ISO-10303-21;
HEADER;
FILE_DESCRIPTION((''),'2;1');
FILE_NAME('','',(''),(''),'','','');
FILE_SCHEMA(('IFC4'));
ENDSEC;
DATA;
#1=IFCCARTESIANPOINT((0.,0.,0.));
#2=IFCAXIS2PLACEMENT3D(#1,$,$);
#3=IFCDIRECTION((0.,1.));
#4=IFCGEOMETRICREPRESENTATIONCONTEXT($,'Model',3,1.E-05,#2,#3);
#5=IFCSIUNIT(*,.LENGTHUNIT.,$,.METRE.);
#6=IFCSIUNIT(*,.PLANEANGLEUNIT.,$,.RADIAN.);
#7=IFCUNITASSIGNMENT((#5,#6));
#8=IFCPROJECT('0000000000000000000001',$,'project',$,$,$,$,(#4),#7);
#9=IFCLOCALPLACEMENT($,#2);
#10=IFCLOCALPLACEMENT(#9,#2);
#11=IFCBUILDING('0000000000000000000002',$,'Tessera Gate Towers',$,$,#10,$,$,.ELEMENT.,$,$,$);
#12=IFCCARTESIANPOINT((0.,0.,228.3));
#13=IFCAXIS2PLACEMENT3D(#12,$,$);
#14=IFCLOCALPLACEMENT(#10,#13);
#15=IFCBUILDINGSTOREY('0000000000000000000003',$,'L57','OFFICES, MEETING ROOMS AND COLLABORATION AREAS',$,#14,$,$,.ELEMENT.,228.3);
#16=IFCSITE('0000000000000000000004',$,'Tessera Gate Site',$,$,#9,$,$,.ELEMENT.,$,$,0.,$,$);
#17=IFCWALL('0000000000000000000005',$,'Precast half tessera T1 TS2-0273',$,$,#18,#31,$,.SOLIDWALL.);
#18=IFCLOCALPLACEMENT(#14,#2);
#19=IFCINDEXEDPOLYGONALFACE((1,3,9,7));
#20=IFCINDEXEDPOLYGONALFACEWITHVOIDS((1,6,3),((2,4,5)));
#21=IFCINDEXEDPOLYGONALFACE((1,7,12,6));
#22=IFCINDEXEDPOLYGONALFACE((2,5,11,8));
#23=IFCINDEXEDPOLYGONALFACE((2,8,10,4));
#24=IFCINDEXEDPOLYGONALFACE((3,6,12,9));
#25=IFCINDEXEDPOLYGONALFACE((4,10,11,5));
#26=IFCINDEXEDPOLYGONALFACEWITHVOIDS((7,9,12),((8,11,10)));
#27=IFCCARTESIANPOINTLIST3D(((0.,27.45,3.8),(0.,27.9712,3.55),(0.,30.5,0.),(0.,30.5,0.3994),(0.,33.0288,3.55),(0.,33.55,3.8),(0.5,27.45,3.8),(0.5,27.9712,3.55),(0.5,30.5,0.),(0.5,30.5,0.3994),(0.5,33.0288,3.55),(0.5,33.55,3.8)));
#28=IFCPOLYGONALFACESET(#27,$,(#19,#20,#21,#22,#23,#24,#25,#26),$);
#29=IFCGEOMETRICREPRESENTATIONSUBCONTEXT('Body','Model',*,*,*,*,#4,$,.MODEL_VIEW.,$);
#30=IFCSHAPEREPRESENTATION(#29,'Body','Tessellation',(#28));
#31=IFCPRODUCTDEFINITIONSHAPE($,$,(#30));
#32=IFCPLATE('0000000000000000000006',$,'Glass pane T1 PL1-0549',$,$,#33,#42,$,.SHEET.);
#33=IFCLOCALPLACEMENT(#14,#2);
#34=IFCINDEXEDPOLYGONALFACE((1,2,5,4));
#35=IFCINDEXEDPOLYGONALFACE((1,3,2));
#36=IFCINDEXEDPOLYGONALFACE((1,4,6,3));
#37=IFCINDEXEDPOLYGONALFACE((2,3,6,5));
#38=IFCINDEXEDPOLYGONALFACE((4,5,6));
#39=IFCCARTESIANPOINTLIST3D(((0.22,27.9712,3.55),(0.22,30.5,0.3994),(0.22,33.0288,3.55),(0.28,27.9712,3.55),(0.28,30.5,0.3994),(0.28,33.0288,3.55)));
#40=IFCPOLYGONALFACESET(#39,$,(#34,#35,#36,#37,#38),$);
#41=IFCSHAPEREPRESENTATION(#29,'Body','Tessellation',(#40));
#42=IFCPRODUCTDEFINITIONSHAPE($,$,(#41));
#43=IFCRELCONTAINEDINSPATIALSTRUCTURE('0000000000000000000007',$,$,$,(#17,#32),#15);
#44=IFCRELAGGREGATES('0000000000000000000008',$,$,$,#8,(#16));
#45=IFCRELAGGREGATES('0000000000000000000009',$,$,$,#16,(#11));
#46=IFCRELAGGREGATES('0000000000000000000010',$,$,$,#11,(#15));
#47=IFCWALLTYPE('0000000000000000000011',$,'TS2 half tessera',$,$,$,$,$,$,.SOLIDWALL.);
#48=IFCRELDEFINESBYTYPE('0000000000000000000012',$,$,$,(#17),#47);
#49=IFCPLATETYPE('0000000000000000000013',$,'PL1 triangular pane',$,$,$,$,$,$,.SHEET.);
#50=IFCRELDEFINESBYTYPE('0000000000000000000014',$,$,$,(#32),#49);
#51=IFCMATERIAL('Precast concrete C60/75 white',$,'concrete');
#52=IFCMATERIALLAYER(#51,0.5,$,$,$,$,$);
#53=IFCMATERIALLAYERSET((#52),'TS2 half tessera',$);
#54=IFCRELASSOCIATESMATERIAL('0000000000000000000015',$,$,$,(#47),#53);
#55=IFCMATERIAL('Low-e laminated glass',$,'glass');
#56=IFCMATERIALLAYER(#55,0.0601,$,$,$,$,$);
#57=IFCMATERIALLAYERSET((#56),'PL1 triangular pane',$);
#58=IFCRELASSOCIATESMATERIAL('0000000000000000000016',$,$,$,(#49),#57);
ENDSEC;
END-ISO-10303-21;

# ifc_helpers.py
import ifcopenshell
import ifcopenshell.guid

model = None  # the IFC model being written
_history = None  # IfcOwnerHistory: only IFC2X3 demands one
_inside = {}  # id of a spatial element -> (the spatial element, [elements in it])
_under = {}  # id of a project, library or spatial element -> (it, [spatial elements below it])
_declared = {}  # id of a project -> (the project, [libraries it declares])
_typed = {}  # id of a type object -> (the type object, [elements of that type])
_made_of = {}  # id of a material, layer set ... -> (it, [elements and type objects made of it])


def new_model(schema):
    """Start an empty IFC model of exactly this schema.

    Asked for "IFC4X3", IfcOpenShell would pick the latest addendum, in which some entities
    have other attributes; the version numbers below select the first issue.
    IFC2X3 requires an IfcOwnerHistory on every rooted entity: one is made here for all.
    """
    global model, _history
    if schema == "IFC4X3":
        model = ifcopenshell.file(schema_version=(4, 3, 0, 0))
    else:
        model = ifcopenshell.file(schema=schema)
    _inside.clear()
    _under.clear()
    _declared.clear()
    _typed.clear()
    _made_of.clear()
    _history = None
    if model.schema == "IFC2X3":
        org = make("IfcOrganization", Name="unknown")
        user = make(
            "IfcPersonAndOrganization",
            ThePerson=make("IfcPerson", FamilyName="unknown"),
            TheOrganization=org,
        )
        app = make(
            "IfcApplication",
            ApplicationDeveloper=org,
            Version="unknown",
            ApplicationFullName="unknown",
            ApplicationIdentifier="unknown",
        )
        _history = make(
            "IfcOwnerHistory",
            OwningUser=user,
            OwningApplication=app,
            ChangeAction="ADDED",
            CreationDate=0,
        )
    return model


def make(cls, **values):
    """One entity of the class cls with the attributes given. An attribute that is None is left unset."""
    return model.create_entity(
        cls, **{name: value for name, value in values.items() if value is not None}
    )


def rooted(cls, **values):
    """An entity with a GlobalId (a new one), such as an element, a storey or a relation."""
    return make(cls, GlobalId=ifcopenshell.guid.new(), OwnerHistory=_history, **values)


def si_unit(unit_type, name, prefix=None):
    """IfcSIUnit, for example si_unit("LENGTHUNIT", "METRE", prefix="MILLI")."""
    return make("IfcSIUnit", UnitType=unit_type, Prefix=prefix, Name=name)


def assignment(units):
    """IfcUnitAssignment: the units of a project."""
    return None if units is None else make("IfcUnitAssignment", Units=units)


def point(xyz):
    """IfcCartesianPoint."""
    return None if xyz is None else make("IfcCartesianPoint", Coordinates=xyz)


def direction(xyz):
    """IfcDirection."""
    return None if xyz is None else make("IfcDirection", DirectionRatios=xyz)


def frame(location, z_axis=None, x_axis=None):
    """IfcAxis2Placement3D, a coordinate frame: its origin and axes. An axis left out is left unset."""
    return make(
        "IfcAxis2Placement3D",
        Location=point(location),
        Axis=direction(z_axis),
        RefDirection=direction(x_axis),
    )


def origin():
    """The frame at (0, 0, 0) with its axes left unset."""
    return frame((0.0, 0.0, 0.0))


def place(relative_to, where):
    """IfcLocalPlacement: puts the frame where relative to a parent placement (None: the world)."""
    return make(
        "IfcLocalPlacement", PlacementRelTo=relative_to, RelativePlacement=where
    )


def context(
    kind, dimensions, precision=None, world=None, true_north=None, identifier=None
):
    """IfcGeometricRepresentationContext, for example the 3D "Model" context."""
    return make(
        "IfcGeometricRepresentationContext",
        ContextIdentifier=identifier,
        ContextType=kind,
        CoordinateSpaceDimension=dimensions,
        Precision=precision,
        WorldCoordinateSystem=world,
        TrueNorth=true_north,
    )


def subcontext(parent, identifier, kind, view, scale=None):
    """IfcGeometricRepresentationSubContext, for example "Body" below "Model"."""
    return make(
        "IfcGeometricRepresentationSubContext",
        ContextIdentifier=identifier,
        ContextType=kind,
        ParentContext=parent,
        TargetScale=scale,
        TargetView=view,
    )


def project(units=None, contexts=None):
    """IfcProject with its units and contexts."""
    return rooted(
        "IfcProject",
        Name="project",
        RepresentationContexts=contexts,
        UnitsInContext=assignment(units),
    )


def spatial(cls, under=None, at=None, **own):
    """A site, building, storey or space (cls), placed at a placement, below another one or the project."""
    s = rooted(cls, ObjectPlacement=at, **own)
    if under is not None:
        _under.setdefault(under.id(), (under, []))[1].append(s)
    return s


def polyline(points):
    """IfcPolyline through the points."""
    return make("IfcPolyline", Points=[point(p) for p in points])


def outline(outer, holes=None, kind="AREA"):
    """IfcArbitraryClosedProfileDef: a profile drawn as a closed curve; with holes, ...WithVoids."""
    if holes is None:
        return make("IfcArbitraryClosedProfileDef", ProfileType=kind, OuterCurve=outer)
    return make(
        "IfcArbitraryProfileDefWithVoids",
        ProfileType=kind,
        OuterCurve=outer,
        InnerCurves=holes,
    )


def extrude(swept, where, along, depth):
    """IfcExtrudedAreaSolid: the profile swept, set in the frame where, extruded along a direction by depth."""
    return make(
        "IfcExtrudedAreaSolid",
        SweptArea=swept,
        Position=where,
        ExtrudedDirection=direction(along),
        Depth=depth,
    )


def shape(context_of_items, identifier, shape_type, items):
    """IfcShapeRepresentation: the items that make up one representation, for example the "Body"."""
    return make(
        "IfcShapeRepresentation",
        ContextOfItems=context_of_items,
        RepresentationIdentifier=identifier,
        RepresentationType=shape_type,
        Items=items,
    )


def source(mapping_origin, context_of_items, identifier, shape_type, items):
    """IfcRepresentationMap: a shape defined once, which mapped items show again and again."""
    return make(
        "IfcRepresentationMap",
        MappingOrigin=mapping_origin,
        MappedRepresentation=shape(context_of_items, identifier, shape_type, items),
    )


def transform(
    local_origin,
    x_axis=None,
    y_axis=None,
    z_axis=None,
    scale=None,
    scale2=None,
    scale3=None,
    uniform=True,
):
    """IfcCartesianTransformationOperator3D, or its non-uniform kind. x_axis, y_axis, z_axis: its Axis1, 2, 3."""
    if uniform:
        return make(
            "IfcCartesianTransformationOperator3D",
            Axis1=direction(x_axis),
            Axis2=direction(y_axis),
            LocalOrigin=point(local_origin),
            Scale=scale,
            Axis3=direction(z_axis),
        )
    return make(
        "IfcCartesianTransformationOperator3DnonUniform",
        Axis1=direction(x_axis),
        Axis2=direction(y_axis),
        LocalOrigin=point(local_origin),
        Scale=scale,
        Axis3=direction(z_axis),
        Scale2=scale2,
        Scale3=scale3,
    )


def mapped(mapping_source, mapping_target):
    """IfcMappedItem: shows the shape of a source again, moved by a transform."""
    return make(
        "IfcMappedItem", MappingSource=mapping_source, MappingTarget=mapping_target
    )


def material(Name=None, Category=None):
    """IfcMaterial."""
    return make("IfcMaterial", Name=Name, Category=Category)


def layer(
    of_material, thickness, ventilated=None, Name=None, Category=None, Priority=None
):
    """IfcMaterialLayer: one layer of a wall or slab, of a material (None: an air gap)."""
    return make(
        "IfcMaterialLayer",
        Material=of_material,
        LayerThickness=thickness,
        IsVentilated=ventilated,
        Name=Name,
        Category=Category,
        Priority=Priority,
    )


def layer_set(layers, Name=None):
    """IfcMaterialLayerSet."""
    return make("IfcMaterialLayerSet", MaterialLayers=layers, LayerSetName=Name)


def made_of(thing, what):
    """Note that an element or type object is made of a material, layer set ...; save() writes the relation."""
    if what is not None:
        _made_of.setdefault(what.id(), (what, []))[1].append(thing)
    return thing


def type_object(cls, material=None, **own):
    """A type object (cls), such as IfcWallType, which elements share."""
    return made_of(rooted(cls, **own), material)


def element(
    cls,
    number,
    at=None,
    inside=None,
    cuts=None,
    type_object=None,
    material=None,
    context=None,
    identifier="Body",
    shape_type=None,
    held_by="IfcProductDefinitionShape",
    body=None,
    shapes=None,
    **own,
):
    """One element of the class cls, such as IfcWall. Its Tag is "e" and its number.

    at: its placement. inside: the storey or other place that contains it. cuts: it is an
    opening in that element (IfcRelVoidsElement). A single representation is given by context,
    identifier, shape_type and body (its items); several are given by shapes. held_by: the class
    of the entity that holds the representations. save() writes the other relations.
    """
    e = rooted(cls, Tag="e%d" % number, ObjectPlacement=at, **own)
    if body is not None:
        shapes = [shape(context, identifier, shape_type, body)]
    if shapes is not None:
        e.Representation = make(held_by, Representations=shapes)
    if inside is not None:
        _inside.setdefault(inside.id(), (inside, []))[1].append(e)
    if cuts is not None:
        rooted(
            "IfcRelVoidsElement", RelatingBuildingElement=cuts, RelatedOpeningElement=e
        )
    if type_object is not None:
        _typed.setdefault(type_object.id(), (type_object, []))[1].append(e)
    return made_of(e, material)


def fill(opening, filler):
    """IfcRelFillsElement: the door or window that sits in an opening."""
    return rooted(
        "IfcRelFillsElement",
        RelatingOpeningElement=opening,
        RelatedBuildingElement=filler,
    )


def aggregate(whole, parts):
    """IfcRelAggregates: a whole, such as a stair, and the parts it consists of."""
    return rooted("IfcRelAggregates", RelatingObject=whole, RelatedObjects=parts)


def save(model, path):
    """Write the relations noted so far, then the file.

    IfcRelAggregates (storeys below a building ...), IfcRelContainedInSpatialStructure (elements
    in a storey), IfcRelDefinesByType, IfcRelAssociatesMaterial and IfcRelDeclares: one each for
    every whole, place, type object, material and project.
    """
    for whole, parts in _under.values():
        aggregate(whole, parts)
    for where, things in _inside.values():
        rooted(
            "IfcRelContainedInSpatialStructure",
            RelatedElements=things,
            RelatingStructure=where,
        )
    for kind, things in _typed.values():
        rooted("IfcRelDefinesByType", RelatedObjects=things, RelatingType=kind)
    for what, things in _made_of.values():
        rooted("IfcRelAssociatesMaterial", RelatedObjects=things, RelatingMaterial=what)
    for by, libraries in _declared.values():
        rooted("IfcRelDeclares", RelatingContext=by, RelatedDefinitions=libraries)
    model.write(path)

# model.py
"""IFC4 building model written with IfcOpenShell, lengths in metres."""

from ifc_helpers import new_model, si_unit, direction, frame, origin, place, context, subcontext, project, spatial, polyline, outline, extrude, source, transform, mapped, material, layer, layer_set, type_object, element, fill, save


model = new_model("IFC4")

# Units and contexts
model_context = context("Model", 3, precision=1e-05, world=origin(), true_north=direction((0.0, 1.0)))
body_context = subcontext(model_context, "Body", "Model", "MODEL_VIEW")
ifc_project = project(units=[si_unit("LENGTHUNIT", "METRE"), si_unit("PLANEANGLEUNIT", "RADIAN")], contexts=[model_context])

# Site, building, storey
site_placement = place(None, origin())
site = spatial("IfcSite", under=ifc_project, at=site_placement, Name="Tessera Gate Site", CompositionType="ELEMENT", RefElevation=0.0)
building_placement = place(site_placement, origin())
building = spatial("IfcBuilding", under=site, at=building_placement, Name="Tessera Gate Towers", CompositionType="ELEMENT")
storey_placement = place(building_placement, frame((0.0, 0.0, 228.3)))
storey = spatial("IfcBuildingStorey", under=building, at=storey_placement, Name="L57", Description="OFFICES, MEETING ROOMS AND COLLABORATION AREAS", CompositionType="ELEMENT", Elevation=228.3)

# Wall, opening, plate
ifc_material_1 = material(Name="Precast concrete C60/75 white", Category="concrete")
ifc_layer_1 = layer(ifc_material_1, 0.5)
ifc_layer_set_1 = layer_set([ifc_layer_1], Name="TS2 half tessera")
wall_type_1 = type_object("IfcWallType", Name="TS2 half tessera", PredefinedType="SOLIDWALL", material=ifc_layer_set_1)
shared_shape_1 = source(origin(), body_context, "Body", "SweptSolid", [
    extrude(outline(polyline([(3.05, 0.0), (6.1001, 3.8), (0.0, 3.8), (3.05, 0.0)])), frame((0.0, 0.25, 0.0), z_axis=(0.0, -1.0, 0.0), x_axis=(1.0, 0.0, 0.0)), (0.0, 0.0, 1.0), 0.5),
])
wall_1_placement = place(storey_placement, frame((0.25, 33.55, 0.0), z_axis=(0.0, 0.0, 1.0), x_axis=(0.0, -1.0, 0.0)))
wall_1 = element("IfcWall", 1, at=wall_1_placement, inside=storey, type_object=wall_type_1, Name="Precast half tessera T1 TS2-0273", PredefinedType="SOLIDWALL", context=body_context, shape_type="MappedRepresentation", body=[
    mapped(shared_shape_1, transform((0.0, 0.0, 0.0), scale=1.0)),
])
shared_shape_2 = source(origin(), body_context, "Body", "SweptSolid", [
    extrude(outline(polyline([(3.05, 0.3994), (5.5789, 3.55), (0.5212, 3.55), (3.05, 0.3994)])), frame((0.0, 0.26, 0.0), z_axis=(0.0, -1.0, 0.0), x_axis=(1.0, 0.0, 0.0)), (0.0, 0.0, 1.0), 0.52),
])
opening_1_placement = place(wall_1_placement, origin())
opening_1 = element("IfcOpeningElement", 2, at=opening_1_placement, cuts=wall_1, PredefinedType="OPENING", context=body_context, shape_type="MappedRepresentation", body=[
    mapped(shared_shape_2, transform((0.0, 0.0, 0.0), scale=1.0)),
])
ifc_material_2 = material(Name="Low-e laminated glass", Category="glass")
ifc_layer_2 = layer(ifc_material_2, 0.0601)
ifc_layer_set_2 = layer_set([ifc_layer_2], Name="PL1 triangular pane")
plate_type_1 = type_object("IfcPlateType", Name="PL1 triangular pane", PredefinedType="SHEET", material=ifc_layer_set_2)
shared_shape_3 = source(origin(), body_context, "Body", "SweptSolid", [
    extrude(outline(polyline([(3.05, 0.3994), (5.5789, 3.55), (0.5212, 3.55), (3.05, 0.3994)])), frame((0.0, 0.03, 0.0), z_axis=(0.0, -1.0, 0.0), x_axis=(1.0, 0.0, 0.0)), (0.0, 0.0, 1.0), 0.0601),
])
plate_1_placement = place(opening_1_placement, origin())
plate_1 = element("IfcPlate", 3, at=plate_1_placement, inside=storey, type_object=plate_type_1, Name="Glass pane T1 PL1-0549", PredefinedType="SHEET", context=body_context, shape_type="MappedRepresentation", body=[
    mapped(shared_shape_3, transform((0.0, 0.0, 0.0), scale=1.0)),
])
fill(opening_1, plate_1)

save(model, "model.ifc")
